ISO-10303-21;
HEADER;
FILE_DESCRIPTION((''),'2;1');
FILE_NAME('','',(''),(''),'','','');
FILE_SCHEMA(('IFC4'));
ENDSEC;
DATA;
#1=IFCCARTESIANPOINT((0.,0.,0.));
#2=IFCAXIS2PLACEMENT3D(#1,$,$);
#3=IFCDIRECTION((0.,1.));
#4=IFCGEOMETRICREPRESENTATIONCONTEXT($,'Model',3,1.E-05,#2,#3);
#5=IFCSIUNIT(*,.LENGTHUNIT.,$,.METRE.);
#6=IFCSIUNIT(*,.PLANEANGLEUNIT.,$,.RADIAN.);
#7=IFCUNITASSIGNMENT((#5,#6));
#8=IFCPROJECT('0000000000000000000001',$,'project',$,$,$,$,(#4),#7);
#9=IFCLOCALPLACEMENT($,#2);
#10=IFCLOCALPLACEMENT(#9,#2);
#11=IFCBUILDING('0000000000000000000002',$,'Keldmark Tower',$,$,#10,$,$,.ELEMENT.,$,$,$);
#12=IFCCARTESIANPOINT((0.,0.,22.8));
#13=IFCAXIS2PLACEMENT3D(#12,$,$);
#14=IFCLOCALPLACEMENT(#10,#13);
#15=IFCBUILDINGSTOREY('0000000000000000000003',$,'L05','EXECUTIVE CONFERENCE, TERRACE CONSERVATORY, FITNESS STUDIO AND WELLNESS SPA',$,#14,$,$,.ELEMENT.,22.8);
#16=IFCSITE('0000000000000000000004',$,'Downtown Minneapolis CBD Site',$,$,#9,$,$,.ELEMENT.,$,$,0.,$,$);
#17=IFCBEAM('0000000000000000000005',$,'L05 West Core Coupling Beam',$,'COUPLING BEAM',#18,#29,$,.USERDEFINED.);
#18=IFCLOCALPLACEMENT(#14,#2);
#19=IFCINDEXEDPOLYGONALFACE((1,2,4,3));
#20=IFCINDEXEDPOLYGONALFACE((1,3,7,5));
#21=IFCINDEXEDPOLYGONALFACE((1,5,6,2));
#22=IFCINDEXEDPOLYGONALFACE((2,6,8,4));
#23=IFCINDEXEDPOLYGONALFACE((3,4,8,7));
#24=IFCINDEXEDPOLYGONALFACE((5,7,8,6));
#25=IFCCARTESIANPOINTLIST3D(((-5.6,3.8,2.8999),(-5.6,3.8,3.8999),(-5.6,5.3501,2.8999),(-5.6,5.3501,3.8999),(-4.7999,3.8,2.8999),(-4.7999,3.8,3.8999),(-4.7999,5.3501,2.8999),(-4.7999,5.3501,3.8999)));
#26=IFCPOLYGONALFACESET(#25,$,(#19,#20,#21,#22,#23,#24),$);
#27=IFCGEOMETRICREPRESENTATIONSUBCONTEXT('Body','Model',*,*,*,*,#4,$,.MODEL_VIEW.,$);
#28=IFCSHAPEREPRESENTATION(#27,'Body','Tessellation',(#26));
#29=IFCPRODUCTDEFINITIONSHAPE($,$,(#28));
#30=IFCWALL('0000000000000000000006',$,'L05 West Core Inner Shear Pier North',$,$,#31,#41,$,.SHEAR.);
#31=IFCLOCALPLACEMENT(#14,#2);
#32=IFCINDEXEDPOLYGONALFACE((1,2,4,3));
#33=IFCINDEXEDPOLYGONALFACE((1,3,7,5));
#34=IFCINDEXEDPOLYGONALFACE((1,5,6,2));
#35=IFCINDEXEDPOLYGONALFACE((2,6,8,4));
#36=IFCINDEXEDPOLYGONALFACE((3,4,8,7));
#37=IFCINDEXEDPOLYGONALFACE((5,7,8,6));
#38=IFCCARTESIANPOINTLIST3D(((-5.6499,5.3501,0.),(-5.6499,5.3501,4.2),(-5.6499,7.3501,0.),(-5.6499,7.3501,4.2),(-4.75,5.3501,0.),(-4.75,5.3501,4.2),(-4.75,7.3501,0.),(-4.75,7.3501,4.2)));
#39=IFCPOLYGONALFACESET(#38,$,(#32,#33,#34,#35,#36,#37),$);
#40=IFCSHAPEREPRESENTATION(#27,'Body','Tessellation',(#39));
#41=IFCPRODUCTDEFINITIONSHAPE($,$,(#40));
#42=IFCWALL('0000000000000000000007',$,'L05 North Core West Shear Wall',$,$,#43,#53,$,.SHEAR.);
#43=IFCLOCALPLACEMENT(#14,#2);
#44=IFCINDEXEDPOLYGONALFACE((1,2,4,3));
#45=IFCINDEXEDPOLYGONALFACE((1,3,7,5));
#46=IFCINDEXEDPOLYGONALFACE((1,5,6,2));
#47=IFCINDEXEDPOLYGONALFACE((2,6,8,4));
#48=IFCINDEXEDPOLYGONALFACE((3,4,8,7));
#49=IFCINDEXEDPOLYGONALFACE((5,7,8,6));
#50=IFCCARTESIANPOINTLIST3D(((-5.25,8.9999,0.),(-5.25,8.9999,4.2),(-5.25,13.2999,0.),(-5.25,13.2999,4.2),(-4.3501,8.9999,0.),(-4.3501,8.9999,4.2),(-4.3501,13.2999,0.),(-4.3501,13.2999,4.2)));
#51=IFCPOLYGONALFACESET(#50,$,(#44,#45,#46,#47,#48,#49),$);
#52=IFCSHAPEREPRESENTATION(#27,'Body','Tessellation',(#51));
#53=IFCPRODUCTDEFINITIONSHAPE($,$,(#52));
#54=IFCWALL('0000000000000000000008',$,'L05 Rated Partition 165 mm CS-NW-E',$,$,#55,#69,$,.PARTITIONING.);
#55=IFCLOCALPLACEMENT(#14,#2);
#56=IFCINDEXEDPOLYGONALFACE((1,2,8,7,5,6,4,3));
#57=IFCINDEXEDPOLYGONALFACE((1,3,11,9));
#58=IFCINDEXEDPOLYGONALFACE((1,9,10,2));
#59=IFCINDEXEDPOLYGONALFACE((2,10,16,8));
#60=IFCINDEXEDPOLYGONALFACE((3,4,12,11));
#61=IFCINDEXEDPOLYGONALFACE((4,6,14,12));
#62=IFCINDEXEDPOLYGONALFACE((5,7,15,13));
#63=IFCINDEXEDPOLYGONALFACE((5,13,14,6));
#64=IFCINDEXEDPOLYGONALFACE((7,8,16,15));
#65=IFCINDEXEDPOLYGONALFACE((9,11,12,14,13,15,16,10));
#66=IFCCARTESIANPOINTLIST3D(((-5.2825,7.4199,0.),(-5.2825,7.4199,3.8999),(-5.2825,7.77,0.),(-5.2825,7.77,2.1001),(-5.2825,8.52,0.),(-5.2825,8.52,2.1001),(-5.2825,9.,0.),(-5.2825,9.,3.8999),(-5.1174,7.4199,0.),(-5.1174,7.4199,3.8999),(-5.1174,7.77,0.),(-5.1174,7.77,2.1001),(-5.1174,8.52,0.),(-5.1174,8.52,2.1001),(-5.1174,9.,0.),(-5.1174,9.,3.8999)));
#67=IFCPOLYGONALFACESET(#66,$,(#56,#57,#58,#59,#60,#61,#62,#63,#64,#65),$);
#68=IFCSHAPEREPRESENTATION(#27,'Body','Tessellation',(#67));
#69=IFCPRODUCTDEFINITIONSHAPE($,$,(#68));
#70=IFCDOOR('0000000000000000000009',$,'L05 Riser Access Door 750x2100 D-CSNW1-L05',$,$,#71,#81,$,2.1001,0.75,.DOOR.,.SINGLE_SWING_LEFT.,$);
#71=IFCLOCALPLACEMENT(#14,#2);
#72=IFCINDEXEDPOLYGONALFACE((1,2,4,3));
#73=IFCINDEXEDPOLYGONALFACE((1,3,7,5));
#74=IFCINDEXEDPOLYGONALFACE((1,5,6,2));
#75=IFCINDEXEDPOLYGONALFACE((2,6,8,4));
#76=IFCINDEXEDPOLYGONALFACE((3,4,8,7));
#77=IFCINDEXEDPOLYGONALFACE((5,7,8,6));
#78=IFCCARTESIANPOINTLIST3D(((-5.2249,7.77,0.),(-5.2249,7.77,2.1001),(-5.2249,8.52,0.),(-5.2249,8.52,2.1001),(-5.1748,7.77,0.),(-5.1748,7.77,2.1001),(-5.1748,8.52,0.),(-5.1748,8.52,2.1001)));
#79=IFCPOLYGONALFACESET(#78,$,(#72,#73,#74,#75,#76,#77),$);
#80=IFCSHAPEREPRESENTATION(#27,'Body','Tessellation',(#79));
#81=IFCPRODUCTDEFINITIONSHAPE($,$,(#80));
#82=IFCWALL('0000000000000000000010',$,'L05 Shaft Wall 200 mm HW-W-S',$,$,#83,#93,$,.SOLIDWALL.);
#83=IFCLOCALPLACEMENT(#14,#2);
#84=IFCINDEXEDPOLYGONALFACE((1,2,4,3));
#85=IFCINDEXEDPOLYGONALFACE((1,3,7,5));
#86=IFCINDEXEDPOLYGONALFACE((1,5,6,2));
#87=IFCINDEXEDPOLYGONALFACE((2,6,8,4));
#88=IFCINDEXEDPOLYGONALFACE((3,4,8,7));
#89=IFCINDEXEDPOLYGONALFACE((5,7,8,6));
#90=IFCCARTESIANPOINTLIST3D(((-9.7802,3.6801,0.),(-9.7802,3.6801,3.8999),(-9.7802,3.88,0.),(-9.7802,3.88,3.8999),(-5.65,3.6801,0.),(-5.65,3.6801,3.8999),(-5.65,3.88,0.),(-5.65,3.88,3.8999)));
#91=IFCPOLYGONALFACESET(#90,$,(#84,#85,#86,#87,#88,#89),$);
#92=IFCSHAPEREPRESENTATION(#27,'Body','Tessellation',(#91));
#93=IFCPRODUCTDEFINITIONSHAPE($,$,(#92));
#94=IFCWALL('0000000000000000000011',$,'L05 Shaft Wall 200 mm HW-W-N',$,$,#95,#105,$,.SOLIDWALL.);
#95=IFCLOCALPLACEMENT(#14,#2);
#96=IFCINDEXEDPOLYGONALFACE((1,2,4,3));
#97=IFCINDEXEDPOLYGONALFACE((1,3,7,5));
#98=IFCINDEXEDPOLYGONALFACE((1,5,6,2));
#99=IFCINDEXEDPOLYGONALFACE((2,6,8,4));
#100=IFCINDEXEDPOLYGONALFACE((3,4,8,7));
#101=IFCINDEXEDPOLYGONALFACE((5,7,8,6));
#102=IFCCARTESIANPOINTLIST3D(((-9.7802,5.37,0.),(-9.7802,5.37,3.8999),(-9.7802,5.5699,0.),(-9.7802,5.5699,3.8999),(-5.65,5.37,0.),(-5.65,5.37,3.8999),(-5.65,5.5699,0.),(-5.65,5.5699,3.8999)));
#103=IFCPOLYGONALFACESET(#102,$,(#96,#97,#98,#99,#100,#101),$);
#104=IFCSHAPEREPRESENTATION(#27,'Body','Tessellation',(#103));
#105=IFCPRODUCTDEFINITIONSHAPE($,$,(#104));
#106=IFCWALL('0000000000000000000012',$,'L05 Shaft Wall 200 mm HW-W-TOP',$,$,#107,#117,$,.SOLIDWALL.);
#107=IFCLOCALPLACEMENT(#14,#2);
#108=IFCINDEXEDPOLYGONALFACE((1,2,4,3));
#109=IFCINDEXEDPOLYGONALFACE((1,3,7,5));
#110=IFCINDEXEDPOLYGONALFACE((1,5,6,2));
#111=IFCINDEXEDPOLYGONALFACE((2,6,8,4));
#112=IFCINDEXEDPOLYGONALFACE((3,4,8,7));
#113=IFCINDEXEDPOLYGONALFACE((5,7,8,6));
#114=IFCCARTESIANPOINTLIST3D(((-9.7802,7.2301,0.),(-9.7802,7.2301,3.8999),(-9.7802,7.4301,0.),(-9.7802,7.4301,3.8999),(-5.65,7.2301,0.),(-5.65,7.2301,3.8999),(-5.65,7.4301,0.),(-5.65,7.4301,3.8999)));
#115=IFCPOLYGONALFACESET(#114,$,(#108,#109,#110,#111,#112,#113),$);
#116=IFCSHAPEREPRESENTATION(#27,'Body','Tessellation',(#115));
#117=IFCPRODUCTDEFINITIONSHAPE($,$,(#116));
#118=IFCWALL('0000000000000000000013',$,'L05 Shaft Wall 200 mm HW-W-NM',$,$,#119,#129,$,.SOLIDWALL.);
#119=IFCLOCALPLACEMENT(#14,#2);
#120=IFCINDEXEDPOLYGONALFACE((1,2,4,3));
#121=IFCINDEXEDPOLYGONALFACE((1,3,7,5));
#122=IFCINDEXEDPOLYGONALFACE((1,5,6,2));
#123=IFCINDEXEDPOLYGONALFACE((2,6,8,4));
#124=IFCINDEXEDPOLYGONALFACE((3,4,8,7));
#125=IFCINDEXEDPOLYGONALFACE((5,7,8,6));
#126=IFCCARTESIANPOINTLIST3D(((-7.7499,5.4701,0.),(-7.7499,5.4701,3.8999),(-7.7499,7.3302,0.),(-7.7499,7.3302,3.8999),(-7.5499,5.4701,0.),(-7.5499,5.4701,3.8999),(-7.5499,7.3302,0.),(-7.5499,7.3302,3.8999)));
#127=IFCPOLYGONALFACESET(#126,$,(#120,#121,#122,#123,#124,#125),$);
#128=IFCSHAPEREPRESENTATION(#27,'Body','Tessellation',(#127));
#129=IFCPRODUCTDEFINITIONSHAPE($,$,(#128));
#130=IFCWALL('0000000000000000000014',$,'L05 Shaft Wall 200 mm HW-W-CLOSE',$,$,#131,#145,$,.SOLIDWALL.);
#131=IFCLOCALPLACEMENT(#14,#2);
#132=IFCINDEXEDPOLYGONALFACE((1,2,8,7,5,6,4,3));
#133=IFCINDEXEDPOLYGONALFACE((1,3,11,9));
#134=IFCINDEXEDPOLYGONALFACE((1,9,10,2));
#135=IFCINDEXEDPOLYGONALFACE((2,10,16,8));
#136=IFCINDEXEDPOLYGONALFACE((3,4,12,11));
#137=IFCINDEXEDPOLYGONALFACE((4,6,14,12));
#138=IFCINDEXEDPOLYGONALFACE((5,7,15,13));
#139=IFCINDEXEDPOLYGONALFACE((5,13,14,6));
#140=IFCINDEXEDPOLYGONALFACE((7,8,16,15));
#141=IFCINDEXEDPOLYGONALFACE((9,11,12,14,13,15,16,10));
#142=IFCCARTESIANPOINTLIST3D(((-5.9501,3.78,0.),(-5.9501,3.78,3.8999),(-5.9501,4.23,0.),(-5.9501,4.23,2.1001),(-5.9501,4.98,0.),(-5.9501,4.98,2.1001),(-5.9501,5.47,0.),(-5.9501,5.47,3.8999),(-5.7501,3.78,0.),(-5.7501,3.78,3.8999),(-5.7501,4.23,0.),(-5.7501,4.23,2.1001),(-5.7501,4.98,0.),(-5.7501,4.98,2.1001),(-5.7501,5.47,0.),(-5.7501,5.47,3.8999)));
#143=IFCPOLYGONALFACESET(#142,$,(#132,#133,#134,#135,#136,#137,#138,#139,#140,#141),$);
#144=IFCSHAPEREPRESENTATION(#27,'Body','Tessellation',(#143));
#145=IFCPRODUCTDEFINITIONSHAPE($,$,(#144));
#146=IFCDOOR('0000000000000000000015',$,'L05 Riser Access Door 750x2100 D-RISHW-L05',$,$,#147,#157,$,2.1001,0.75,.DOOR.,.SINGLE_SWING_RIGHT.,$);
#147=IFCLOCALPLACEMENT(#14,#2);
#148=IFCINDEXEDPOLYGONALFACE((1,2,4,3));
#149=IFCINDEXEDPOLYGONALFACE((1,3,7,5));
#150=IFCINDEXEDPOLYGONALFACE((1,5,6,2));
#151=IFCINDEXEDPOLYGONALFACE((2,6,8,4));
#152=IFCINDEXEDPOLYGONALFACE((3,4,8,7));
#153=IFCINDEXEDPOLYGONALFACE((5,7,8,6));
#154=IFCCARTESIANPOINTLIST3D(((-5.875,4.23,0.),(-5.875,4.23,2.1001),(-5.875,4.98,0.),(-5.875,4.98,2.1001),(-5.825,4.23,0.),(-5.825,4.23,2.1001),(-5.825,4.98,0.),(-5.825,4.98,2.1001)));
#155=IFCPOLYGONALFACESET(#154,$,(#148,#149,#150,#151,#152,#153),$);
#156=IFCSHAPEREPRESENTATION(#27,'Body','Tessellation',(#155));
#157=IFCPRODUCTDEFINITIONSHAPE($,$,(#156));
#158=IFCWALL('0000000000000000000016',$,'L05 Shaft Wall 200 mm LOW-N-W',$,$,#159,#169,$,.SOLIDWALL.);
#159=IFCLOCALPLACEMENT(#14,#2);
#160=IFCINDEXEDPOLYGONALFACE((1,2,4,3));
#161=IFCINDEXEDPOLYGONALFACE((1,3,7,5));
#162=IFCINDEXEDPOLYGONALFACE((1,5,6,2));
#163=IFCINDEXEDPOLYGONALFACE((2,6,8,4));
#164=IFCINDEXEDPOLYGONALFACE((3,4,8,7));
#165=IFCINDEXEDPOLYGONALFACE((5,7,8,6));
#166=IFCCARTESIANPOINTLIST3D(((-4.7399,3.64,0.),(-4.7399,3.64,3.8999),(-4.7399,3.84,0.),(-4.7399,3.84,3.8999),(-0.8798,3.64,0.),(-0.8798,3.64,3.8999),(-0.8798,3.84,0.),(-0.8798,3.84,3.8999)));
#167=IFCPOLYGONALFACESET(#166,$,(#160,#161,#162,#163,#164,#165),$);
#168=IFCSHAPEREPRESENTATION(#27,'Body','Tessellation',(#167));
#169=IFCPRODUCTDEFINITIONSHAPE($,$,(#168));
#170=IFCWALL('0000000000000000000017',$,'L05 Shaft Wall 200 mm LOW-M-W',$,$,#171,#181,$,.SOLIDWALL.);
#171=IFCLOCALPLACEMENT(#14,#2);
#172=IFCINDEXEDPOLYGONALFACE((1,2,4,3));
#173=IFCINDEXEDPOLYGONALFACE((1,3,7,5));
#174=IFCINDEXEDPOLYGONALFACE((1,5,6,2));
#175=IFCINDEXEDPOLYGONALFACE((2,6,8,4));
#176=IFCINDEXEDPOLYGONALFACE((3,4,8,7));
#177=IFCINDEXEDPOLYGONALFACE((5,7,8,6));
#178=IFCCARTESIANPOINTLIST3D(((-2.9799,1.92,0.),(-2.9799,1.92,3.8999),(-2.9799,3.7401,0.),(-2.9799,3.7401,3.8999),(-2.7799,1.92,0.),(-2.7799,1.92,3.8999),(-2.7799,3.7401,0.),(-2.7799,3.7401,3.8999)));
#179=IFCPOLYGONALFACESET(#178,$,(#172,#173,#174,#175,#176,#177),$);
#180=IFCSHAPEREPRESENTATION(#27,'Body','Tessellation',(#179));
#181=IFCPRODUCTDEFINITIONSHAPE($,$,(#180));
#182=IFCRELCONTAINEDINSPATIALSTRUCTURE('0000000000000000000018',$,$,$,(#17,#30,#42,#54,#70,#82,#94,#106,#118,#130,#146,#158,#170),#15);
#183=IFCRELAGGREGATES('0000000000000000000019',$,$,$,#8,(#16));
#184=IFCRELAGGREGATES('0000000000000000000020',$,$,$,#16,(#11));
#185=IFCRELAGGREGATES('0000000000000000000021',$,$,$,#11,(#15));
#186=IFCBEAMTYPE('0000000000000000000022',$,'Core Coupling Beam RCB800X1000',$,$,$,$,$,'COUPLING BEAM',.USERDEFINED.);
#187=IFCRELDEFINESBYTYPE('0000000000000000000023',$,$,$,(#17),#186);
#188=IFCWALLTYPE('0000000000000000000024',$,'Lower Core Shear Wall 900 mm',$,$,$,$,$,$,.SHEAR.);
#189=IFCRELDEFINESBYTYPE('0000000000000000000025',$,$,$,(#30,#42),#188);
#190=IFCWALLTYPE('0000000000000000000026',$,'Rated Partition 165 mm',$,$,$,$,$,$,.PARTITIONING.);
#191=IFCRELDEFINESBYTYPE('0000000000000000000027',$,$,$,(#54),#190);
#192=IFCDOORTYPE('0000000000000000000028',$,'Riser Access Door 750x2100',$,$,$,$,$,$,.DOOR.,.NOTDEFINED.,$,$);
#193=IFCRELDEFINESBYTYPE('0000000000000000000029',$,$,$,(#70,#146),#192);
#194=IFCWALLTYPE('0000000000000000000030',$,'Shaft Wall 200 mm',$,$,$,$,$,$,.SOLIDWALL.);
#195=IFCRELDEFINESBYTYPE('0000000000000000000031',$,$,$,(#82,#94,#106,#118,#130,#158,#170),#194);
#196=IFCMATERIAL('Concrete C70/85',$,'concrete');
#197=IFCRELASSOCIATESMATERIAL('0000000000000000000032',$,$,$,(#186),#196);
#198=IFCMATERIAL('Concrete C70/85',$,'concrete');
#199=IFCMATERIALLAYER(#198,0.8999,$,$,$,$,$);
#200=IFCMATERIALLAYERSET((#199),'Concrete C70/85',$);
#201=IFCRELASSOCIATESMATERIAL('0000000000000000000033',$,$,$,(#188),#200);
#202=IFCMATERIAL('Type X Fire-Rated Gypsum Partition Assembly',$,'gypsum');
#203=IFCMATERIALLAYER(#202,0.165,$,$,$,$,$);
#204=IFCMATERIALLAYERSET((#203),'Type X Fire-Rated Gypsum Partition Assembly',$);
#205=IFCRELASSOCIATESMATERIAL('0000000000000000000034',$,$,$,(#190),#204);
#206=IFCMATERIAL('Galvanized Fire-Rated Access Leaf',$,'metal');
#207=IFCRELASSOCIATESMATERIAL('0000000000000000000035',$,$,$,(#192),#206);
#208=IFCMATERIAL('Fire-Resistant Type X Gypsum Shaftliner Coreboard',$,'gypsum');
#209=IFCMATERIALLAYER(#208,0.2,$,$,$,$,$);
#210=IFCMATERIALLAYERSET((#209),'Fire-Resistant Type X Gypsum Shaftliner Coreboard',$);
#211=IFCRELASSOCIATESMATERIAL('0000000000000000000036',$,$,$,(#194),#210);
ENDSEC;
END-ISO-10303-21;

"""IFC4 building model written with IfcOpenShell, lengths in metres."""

from ifc_helpers import new_model, si_unit, direction, frame, frame_2d, origin, origin_2d, place, context, subcontext, project, spatial, rectangle, extrude, material, layer, layer_set, material_profile, profile_set, type_object, element, fill, save


model = new_model("IFC4")

# Units and contexts
model_context = context("Model", 3, precision=1e-05, world=origin(), true_north=direction((0.0, 1.0)))
body_context = subcontext(model_context, "Body", "Model", "MODEL_VIEW")
ifc_project = project(units=[si_unit("LENGTHUNIT", "METRE"), si_unit("PLANEANGLEUNIT", "RADIAN")], contexts=[model_context])

# Site, building, storey
site_placement = place(None, origin())
site = spatial("IfcSite", under=ifc_project, at=site_placement, Name="Downtown Minneapolis CBD Site", CompositionType="ELEMENT", RefElevation=0.0)
building_placement = place(site_placement, origin())
building = spatial("IfcBuilding", under=site, at=building_placement, Name="Keldmark Tower", CompositionType="ELEMENT")
storey_placement = place(building_placement, frame((0.0, 0.0, 22.8)))
storey = spatial("IfcBuildingStorey", under=building, at=storey_placement, Name="L05", Description="EXECUTIVE CONFERENCE, TERRACE CONSERVATORY, FITNESS STUDIO AND WELLNESS SPA", CompositionType="ELEMENT", Elevation=22.8)

# Beam
ifc_material_1 = material(Name="Concrete C70/85", Category="concrete")
ifc_material_profile = material_profile(ifc_material_1, rectangle(XDim=0.8, YDim=1.0, at=origin_2d()), Name="RCB800X1000")
ifc_profile_set = profile_set([ifc_material_profile], Name="Concrete C70/85")
beam_type = type_object("IfcBeamType", Name="Core Coupling Beam RCB800X1000", ElementType="COUPLING BEAM", PredefinedType="USERDEFINED", material=ifc_profile_set)
beam_placement = place(storey_placement, frame((-5.2, 3.8, 3.3999), z_axis=(0.0, 1.0, 0.0), x_axis=(-1.0, 0.0, 0.0)))
element("IfcBeam", 1, at=beam_placement, inside=storey, type_object=beam_type, Name="L05 West Core Coupling Beam", ObjectType="COUPLING BEAM", PredefinedType="USERDEFINED", context=body_context, shape_type="SweptSolid", body=[
    extrude(rectangle(XDim=0.8, YDim=1.0, at=origin_2d()), origin(), (0.0, 0.0, 1.0), 1.55),
])

# Walls
ifc_material_2 = material(Name="Concrete C70/85", Category="concrete")
ifc_layer_1 = layer(ifc_material_2, 0.8999)
ifc_layer_set_1 = layer_set([ifc_layer_1], Name="Concrete C70/85")
wall_type_1 = type_object("IfcWallType", Name="Lower Core Shear Wall 900 mm", PredefinedType="SHEAR", material=ifc_layer_set_1)
wall_1_placement = place(storey_placement, frame((-5.2, 5.3501, 0.0), z_axis=(0.0, 0.0, 1.0), x_axis=(0.0, 1.0, 0.0)))
element("IfcWall", 2, at=wall_1_placement, inside=storey, type_object=wall_type_1, Name="L05 West Core Inner Shear Pier North", PredefinedType="SHEAR", context=body_context, shape_type="SweptSolid", body=[
    extrude(rectangle(XDim=2.0, YDim=0.8999, at=frame_2d((1.0, 0.0))), origin(), (0.0, 0.0, 1.0), 4.2),
])
wall_2_placement = place(storey_placement, frame((-4.8, 9.0, 0.0), z_axis=(0.0, 0.0, 1.0), x_axis=(0.0, 1.0, 0.0)))
element("IfcWall", 3, at=wall_2_placement, inside=storey, type_object=wall_type_1, Name="L05 North Core West Shear Wall", PredefinedType="SHEAR", context=body_context, shape_type="SweptSolid", body=[
    extrude(rectangle(XDim=4.3, YDim=0.8999, at=frame_2d((2.1499, 0.0))), origin(), (0.0, 0.0, 1.0), 4.2),
])

# Wall, opening, door
ifc_material_3 = material(Name="Type X Fire-Rated Gypsum Partition Assembly", Category="gypsum")
ifc_layer_2 = layer(ifc_material_3, 0.165)
ifc_layer_set_2 = layer_set([ifc_layer_2], Name="Type X Fire-Rated Gypsum Partition Assembly")
wall_type_2 = type_object("IfcWallType", Name="Rated Partition 165 mm", PredefinedType="PARTITIONING", material=ifc_layer_set_2)
wall_3_placement = place(storey_placement, frame((-5.2, 7.4199, 0.0), z_axis=(0.0, 0.0, 1.0), x_axis=(0.0, 1.0, 0.0)))
wall_3 = element("IfcWall", 4, at=wall_3_placement, inside=storey, type_object=wall_type_2, Name="L05 Rated Partition 165 mm CS-NW-E", PredefinedType="PARTITIONING", context=body_context, shape_type="SweptSolid", body=[
    extrude(rectangle(XDim=1.5801, YDim=0.165, at=frame_2d((0.79, 0.0))), origin(), (0.0, 0.0, 1.0), 3.8999),
])
opening_1_placement = place(wall_3_placement, frame((0.3501, 0.0, 0.0)))
opening_1 = element("IfcOpeningElement", 5, at=opening_1_placement, cuts=wall_3, PredefinedType="OPENING", context=body_context, shape_type="SweptSolid", body=[
    extrude(rectangle(XDim=0.75, YDim=2.1001, at=frame_2d((0.375, 1.05))), frame((0.0, 0.0925, 0.0), z_axis=(0.0, -1.0, 0.0), x_axis=(1.0, 0.0, 0.0)), (0.0, 0.0, 1.0), 0.1851),
])
ifc_material_4 = material(Name="Galvanized Fire-Rated Access Leaf", Category="metal")
door_type_1 = type_object("IfcDoorType", Name="Riser Access Door 750x2100", OperationType="NOTDEFINED", PredefinedType="DOOR", material=ifc_material_4)
door_1_placement = place(opening_1_placement, origin())
door_1 = element("IfcDoor", 6, at=door_1_placement, inside=storey, type_object=door_type_1, Name="L05 Riser Access Door 750x2100 D-CSNW1-L05", OperationType="SINGLE_SWING_LEFT", OverallHeight=2.1001, OverallWidth=0.75, PredefinedType="DOOR", context=body_context, shape_type="SweptSolid", body=[
    extrude(rectangle(XDim=0.75, YDim=2.1001, at=frame_2d((0.375, 1.05))), frame((0.0, 0.0249, 0.0), z_axis=(0.0, -1.0, 0.0), x_axis=(1.0, 0.0, 0.0)), (0.0, 0.0, 1.0), 0.05),
])
fill(opening_1, door_1)

# Walls
ifc_material_5 = material(Name="Fire-Resistant Type X Gypsum Shaftliner Coreboard", Category="gypsum")
ifc_layer_3 = layer(ifc_material_5, 0.2)
ifc_layer_set_3 = layer_set([ifc_layer_3], Name="Fire-Resistant Type X Gypsum Shaftliner Coreboard")
wall_type_3 = type_object("IfcWallType", Name="Shaft Wall 200 mm", PredefinedType="SOLIDWALL", material=ifc_layer_set_3)
for number, where, z_axis, x_axis, name in (
    (7, (-9.78, 3.78, 0.0), (0.0, 0.0, 1.0), (1.0, 0.0, 0.0), "L05 Shaft Wall 200 mm HW-W-S"),
    (8, (-9.78, 5.47, 0.0), (0.0, 0.0, 1.0), (1.0, 0.0, 0.0), "L05 Shaft Wall 200 mm HW-W-N"),
    (9, (-9.78, 7.3301, 0.0), (0.0, 0.0, 1.0), (1.0, 0.0, 0.0), "L05 Shaft Wall 200 mm HW-W-TOP"),
):
    element("IfcWall", number, at=place(storey_placement, frame(where, z_axis=z_axis, x_axis=x_axis)), inside=storey, type_object=wall_type_3, Name=name, PredefinedType="SOLIDWALL", context=body_context, shape_type="SweptSolid", body=[
        extrude(rectangle(XDim=4.1301, YDim=0.2, at=frame_2d((2.0649, 0.0))), origin(), (0.0, 0.0, 1.0), 3.8999),
    ])
wall_4_placement = place(storey_placement, frame((-7.6499, 5.47, 0.0), z_axis=(0.0, 0.0, 1.0), x_axis=(0.0, 1.0, 0.0)))
element("IfcWall", 10, at=wall_4_placement, inside=storey, type_object=wall_type_3, Name="L05 Shaft Wall 200 mm HW-W-NM", PredefinedType="SOLIDWALL", context=body_context, shape_type="SweptSolid", body=[
    extrude(rectangle(XDim=1.8601, YDim=0.2, at=frame_2d((0.9302, 0.0))), origin(), (0.0, 0.0, 1.0), 3.8999),
])

# Wall, opening, door
wall_5_placement = place(storey_placement, frame((-5.8501, 3.78, 0.0), z_axis=(0.0, 0.0, 1.0), x_axis=(0.0, 1.0, 0.0)))
wall_5 = element("IfcWall", 11, at=wall_5_placement, inside=storey, type_object=wall_type_3, Name="L05 Shaft Wall 200 mm HW-W-CLOSE", PredefinedType="SOLIDWALL", context=body_context, shape_type="SweptSolid", body=[
    extrude(rectangle(XDim=1.6899, YDim=0.2, at=frame_2d((0.845, 0.0))), origin(), (0.0, 0.0, 1.0), 3.8999),
])
opening_2_placement = place(wall_5_placement, frame((0.45, 0.0, 0.0)))
opening_2 = element("IfcOpeningElement", 12, at=opening_2_placement, cuts=wall_5, PredefinedType="OPENING", context=body_context, shape_type="SweptSolid", body=[
    extrude(rectangle(XDim=0.75, YDim=2.1001, at=frame_2d((0.375, 1.05))), frame((0.0, 0.1099, 0.0), z_axis=(0.0, -1.0, 0.0), x_axis=(1.0, 0.0, 0.0)), (0.0, 0.0, 1.0), 0.22),
])
door_2_placement = place(opening_2_placement, origin())
door_2 = element("IfcDoor", 13, at=door_2_placement, inside=storey, type_object=door_type_1, Name="L05 Riser Access Door 750x2100 D-RISHW-L05", OperationType="SINGLE_SWING_RIGHT", OverallHeight=2.1001, OverallWidth=0.75, PredefinedType="DOOR", context=body_context, shape_type="SweptSolid", body=[
    extrude(rectangle(XDim=0.75, YDim=2.1001, at=frame_2d((0.375, 1.05))), frame((0.0, 0.0249, 0.0), z_axis=(0.0, -1.0, 0.0), x_axis=(1.0, 0.0, 0.0)), (0.0, 0.0, 1.0), 0.05),
])
fill(opening_2, door_2)

# Walls
wall_6_placement = place(storey_placement, frame((-4.74, 3.74, 0.0), z_axis=(0.0, 0.0, 1.0), x_axis=(1.0, 0.0, 0.0)))
element("IfcWall", 14, at=wall_6_placement, inside=storey, type_object=wall_type_3, Name="L05 Shaft Wall 200 mm LOW-N-W", PredefinedType="SOLIDWALL", context=body_context, shape_type="SweptSolid", body=[
    extrude(rectangle(XDim=3.8601, YDim=0.2, at=frame_2d((1.9302, 0.0))), origin(), (0.0, 0.0, 1.0), 3.8999),
])
wall_7_placement = place(storey_placement, frame((-2.8799, 1.9199, 0.0), z_axis=(0.0, 0.0, 1.0), x_axis=(0.0, 1.0, 0.0)))
element("IfcWall", 15, at=wall_7_placement, inside=storey, type_object=wall_type_3, Name="L05 Shaft Wall 200 mm LOW-M-W", PredefinedType="SOLIDWALL", context=body_context, shape_type="SweptSolid", body=[
    extrude(rectangle(XDim=1.8201, YDim=0.2, at=frame_2d((0.9102, 0.0))), origin(), (0.0, 0.0, 1.0), 3.8999),
])

save(model, "model.ifc")
